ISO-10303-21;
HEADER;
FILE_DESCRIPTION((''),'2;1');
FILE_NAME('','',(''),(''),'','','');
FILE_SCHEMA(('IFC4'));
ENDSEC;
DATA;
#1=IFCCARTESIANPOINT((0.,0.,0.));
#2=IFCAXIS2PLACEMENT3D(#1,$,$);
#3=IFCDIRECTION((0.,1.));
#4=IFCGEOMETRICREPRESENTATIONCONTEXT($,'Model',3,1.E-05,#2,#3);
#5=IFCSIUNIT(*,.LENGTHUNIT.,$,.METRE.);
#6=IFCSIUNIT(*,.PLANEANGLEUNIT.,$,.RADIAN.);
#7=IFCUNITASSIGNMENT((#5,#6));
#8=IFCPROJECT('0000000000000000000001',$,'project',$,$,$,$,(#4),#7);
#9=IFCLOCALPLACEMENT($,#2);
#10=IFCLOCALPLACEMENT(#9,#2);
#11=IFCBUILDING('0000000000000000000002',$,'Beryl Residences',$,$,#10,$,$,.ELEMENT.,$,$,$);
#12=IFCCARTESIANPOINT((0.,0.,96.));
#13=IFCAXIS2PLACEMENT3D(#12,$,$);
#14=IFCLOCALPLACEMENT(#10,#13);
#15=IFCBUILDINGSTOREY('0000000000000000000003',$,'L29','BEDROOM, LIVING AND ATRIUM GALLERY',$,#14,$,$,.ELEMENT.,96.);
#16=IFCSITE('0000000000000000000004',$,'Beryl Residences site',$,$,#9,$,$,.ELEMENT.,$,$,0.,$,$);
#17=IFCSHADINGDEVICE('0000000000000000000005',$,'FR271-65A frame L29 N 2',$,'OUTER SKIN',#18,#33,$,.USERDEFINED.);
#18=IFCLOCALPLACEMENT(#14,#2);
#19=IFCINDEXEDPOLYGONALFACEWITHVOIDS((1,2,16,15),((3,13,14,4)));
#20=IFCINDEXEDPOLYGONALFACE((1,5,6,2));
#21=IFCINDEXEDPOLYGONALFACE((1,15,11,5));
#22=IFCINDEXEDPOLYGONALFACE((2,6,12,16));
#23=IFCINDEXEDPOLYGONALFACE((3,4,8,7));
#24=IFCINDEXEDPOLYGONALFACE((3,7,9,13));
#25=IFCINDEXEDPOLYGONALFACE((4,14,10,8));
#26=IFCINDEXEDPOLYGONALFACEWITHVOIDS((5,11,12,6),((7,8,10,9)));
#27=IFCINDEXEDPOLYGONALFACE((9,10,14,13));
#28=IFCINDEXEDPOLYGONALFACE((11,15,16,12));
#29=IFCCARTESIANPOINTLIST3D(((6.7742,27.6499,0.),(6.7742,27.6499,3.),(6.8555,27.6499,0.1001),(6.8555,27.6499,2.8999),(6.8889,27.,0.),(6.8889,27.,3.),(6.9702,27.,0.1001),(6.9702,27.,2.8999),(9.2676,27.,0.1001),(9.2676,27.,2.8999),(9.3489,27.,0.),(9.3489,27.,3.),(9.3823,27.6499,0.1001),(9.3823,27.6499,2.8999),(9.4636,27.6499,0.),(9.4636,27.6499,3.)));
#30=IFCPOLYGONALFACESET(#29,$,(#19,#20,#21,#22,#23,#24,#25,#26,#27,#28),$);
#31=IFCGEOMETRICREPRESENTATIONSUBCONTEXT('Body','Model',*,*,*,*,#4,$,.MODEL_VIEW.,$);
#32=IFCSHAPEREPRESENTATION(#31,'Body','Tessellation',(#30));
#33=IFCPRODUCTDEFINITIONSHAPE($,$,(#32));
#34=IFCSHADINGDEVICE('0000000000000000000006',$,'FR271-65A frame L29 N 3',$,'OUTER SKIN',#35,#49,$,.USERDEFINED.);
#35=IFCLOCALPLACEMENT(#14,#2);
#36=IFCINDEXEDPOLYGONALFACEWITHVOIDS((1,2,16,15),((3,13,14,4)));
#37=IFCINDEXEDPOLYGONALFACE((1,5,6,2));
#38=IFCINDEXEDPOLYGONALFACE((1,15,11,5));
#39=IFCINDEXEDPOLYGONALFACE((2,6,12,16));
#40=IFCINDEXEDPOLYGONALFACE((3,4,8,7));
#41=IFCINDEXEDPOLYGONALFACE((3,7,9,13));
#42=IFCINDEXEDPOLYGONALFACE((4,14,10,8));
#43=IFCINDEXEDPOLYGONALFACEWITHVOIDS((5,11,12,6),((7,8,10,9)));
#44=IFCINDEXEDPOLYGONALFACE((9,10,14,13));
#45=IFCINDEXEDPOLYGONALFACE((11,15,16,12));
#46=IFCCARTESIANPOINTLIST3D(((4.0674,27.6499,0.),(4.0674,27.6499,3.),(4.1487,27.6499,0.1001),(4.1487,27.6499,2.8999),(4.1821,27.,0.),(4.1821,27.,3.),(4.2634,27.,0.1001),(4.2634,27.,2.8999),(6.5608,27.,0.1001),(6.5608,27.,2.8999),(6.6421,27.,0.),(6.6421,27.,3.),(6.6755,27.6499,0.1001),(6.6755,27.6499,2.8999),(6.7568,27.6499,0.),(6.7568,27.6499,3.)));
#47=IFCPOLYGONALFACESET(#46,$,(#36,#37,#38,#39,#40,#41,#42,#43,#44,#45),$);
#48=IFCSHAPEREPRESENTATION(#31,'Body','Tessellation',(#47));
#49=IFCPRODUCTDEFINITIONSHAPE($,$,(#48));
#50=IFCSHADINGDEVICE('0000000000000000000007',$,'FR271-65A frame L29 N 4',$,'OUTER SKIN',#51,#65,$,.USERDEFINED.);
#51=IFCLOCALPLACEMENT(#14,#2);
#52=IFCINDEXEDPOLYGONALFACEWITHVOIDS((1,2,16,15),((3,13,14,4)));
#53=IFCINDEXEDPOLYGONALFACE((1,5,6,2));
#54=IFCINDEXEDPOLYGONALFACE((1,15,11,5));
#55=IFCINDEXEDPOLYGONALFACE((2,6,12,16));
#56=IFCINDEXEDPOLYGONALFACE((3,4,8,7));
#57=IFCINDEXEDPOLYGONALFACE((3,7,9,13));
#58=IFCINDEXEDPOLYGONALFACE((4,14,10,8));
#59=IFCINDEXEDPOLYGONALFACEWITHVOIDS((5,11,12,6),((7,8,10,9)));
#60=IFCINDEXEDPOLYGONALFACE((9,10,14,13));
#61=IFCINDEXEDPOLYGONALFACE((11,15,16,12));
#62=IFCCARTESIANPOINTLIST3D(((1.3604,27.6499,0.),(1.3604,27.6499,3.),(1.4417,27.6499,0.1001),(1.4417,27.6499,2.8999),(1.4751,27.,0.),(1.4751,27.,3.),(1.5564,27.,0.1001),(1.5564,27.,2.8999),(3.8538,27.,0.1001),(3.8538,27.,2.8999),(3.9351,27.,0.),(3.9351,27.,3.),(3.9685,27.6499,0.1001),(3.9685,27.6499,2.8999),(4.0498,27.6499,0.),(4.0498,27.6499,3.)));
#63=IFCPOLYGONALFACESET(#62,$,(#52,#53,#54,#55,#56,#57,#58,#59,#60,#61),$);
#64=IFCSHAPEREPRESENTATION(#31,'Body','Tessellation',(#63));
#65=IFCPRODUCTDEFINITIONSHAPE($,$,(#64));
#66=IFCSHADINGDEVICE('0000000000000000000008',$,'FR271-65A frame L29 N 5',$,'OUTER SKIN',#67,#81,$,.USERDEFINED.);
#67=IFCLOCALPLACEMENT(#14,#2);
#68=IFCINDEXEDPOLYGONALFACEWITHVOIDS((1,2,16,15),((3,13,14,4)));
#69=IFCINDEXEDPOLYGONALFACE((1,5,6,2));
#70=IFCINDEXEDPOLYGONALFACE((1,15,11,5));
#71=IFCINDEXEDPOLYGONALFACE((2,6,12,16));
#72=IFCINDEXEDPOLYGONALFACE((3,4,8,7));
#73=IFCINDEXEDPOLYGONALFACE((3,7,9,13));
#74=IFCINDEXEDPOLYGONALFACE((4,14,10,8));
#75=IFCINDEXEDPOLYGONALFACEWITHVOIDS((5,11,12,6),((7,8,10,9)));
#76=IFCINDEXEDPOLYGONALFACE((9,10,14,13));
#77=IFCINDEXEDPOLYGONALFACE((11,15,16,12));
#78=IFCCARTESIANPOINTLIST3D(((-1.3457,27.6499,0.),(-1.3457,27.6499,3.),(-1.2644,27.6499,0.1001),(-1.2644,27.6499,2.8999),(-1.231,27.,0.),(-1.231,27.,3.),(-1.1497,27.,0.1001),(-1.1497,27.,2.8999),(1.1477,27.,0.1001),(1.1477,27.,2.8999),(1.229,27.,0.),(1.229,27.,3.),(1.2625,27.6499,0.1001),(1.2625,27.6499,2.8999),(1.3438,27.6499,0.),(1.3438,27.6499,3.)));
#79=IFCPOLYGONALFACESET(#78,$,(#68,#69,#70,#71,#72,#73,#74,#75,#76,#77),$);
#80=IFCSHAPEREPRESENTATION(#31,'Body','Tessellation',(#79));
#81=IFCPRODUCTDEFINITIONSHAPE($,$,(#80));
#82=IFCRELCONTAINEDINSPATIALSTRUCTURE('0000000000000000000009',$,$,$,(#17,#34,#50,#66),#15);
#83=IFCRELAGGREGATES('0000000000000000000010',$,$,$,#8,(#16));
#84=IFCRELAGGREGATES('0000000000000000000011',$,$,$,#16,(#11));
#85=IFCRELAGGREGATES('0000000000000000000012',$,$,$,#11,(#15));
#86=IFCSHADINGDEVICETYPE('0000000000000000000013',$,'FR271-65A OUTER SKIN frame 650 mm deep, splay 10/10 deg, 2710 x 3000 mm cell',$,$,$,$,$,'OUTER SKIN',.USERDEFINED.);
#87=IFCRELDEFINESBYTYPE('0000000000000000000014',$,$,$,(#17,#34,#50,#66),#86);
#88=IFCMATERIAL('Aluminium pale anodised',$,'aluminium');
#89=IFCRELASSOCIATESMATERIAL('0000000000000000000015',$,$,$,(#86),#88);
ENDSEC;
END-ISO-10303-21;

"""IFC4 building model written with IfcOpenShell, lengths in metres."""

from ifc_helpers import new_model, entity, si_unit, direction, frame, origin, place, context, subcontext, project, spatial, source, transform, mapped, material, type_object, type_shapes, element, save


model = new_model("IFC4")

# Units and contexts
model_context = context("Model", 3, precision=1e-05, world=origin(), true_north=direction((0.0, 1.0)))
body_context = subcontext(model_context, "Body", "Model", "MODEL_VIEW")
ifc_project = project(units=[si_unit("LENGTHUNIT", "METRE"), si_unit("PLANEANGLEUNIT", "RADIAN")], contexts=[model_context])

# Site, building, storey
site_placement = place(None, origin())
site = spatial("IfcSite", under=ifc_project, at=site_placement, Name="Beryl Residences site", CompositionType="ELEMENT", RefElevation=0.0)
building_placement = place(site_placement, origin())
building = spatial("IfcBuilding", under=site, at=building_placement, Name="Beryl Residences", CompositionType="ELEMENT")
storey_placement = place(building_placement, frame((0.0, 0.0, 96.0)))
storey = spatial("IfcBuildingStorey", under=building, at=storey_placement, Name="L29", Description="BEDROOM, LIVING AND ATRIUM GALLERY", CompositionType="ELEMENT", Elevation=96.0)

# Shading devices
ifc_material_1 = material(Name="Aluminium pale anodised", Category="aluminium")
shading_device_type_1 = type_object("IfcShadingDeviceType", Name="FR271-65A OUTER SKIN frame 650 mm deep, splay 10/10 deg, 2710 x 3000 mm cell", ElementType="OUTER SKIN", PredefinedType="USERDEFINED", material=ifc_material_1)
cartesian_point_1 = entity("IfcCartesianPoint", [-1.23, 0.0])
cartesian_point_2 = entity("IfcCartesianPoint", [-1.1487, 0.1001])
cartesian_point_3 = entity("IfcCartesianPoint", [-1.3447, 0.0])
cartesian_point_4 = entity("IfcCartesianPoint", [-1.2634, 0.1001])
shared_shape_1 = source(origin(), body_context, "Body", "SweptSolid", [
    entity("IfcExtrudedAreaSolidTapered", entity("IfcArbitraryProfileDefWithVoids", "AREA", None, entity("IfcPolyline", [cartesian_point_1, entity("IfcCartesianPoint", [1.23, 0.0]), entity("IfcCartesianPoint", [1.23, 3.0]), entity("IfcCartesianPoint", [-1.23, 3.0]), cartesian_point_1]), [entity("IfcPolyline", [cartesian_point_2, entity("IfcCartesianPoint", [1.1487, 0.1001]), entity("IfcCartesianPoint", [1.1487, 2.8999]), entity("IfcCartesianPoint", [-1.1487, 2.8999]), cartesian_point_2])]), entity("IfcAxis2Placement3D", entity("IfcCartesianPoint", [0.0, 0.0, 0.0]), entity("IfcDirection", [0.0, 1.0, 0.0]), entity("IfcDirection", [-1.0, 0.0, 0.0])), entity("IfcDirection", [0.0, 0.0, 1.0]), 0.6499, entity("IfcArbitraryProfileDefWithVoids", "AREA", None, entity("IfcPolyline", [cartesian_point_3, entity("IfcCartesianPoint", [1.3447, 0.0]), entity("IfcCartesianPoint", [1.3447, 3.0]), entity("IfcCartesianPoint", [-1.3447, 3.0]), cartesian_point_3]), [entity("IfcPolyline", [cartesian_point_4, entity("IfcCartesianPoint", [1.2634, 0.1001]), entity("IfcCartesianPoint", [1.2634, 2.8999]), entity("IfcCartesianPoint", [-1.2634, 2.8999]), cartesian_point_4])])),
])
type_shapes(shading_device_type_1, [shared_shape_1])
for number, where, z_axis, x_axis, name in (
    (1, (8.1189, 27.0, 0.0), (0.0, 0.0, 1.0), (1.0, 0.0, 0.0), "FR271-65A frame L29 N 2"),
    (2, (5.4121, 27.0, 0.0), (0.0, 0.0, 1.0), (1.0, 0.0, 0.0), "FR271-65A frame L29 N 3"),
    (3, (2.7051, 27.0, 0.0), (0.0, 0.0, 1.0), (1.0, 0.0, 0.0), "FR271-65A frame L29 N 4"),
    (4, (-0.001, 27.0, 0.0), (0.0, 0.0, 1.0), (1.0, 0.0, 0.0), "FR271-65A frame L29 N 5"),
):
    element("IfcShadingDevice", number, at=place(storey_placement, frame(where, z_axis=z_axis, x_axis=x_axis)), inside=storey, type_object=shading_device_type_1, Name=name, ObjectType="OUTER SKIN", PredefinedType="USERDEFINED", context=body_context, shape_type="MappedRepresentation", body=[
        mapped(shared_shape_1, transform((0.0, 0.0, 0.0))),
    ])

save(model, "model.ifc")
